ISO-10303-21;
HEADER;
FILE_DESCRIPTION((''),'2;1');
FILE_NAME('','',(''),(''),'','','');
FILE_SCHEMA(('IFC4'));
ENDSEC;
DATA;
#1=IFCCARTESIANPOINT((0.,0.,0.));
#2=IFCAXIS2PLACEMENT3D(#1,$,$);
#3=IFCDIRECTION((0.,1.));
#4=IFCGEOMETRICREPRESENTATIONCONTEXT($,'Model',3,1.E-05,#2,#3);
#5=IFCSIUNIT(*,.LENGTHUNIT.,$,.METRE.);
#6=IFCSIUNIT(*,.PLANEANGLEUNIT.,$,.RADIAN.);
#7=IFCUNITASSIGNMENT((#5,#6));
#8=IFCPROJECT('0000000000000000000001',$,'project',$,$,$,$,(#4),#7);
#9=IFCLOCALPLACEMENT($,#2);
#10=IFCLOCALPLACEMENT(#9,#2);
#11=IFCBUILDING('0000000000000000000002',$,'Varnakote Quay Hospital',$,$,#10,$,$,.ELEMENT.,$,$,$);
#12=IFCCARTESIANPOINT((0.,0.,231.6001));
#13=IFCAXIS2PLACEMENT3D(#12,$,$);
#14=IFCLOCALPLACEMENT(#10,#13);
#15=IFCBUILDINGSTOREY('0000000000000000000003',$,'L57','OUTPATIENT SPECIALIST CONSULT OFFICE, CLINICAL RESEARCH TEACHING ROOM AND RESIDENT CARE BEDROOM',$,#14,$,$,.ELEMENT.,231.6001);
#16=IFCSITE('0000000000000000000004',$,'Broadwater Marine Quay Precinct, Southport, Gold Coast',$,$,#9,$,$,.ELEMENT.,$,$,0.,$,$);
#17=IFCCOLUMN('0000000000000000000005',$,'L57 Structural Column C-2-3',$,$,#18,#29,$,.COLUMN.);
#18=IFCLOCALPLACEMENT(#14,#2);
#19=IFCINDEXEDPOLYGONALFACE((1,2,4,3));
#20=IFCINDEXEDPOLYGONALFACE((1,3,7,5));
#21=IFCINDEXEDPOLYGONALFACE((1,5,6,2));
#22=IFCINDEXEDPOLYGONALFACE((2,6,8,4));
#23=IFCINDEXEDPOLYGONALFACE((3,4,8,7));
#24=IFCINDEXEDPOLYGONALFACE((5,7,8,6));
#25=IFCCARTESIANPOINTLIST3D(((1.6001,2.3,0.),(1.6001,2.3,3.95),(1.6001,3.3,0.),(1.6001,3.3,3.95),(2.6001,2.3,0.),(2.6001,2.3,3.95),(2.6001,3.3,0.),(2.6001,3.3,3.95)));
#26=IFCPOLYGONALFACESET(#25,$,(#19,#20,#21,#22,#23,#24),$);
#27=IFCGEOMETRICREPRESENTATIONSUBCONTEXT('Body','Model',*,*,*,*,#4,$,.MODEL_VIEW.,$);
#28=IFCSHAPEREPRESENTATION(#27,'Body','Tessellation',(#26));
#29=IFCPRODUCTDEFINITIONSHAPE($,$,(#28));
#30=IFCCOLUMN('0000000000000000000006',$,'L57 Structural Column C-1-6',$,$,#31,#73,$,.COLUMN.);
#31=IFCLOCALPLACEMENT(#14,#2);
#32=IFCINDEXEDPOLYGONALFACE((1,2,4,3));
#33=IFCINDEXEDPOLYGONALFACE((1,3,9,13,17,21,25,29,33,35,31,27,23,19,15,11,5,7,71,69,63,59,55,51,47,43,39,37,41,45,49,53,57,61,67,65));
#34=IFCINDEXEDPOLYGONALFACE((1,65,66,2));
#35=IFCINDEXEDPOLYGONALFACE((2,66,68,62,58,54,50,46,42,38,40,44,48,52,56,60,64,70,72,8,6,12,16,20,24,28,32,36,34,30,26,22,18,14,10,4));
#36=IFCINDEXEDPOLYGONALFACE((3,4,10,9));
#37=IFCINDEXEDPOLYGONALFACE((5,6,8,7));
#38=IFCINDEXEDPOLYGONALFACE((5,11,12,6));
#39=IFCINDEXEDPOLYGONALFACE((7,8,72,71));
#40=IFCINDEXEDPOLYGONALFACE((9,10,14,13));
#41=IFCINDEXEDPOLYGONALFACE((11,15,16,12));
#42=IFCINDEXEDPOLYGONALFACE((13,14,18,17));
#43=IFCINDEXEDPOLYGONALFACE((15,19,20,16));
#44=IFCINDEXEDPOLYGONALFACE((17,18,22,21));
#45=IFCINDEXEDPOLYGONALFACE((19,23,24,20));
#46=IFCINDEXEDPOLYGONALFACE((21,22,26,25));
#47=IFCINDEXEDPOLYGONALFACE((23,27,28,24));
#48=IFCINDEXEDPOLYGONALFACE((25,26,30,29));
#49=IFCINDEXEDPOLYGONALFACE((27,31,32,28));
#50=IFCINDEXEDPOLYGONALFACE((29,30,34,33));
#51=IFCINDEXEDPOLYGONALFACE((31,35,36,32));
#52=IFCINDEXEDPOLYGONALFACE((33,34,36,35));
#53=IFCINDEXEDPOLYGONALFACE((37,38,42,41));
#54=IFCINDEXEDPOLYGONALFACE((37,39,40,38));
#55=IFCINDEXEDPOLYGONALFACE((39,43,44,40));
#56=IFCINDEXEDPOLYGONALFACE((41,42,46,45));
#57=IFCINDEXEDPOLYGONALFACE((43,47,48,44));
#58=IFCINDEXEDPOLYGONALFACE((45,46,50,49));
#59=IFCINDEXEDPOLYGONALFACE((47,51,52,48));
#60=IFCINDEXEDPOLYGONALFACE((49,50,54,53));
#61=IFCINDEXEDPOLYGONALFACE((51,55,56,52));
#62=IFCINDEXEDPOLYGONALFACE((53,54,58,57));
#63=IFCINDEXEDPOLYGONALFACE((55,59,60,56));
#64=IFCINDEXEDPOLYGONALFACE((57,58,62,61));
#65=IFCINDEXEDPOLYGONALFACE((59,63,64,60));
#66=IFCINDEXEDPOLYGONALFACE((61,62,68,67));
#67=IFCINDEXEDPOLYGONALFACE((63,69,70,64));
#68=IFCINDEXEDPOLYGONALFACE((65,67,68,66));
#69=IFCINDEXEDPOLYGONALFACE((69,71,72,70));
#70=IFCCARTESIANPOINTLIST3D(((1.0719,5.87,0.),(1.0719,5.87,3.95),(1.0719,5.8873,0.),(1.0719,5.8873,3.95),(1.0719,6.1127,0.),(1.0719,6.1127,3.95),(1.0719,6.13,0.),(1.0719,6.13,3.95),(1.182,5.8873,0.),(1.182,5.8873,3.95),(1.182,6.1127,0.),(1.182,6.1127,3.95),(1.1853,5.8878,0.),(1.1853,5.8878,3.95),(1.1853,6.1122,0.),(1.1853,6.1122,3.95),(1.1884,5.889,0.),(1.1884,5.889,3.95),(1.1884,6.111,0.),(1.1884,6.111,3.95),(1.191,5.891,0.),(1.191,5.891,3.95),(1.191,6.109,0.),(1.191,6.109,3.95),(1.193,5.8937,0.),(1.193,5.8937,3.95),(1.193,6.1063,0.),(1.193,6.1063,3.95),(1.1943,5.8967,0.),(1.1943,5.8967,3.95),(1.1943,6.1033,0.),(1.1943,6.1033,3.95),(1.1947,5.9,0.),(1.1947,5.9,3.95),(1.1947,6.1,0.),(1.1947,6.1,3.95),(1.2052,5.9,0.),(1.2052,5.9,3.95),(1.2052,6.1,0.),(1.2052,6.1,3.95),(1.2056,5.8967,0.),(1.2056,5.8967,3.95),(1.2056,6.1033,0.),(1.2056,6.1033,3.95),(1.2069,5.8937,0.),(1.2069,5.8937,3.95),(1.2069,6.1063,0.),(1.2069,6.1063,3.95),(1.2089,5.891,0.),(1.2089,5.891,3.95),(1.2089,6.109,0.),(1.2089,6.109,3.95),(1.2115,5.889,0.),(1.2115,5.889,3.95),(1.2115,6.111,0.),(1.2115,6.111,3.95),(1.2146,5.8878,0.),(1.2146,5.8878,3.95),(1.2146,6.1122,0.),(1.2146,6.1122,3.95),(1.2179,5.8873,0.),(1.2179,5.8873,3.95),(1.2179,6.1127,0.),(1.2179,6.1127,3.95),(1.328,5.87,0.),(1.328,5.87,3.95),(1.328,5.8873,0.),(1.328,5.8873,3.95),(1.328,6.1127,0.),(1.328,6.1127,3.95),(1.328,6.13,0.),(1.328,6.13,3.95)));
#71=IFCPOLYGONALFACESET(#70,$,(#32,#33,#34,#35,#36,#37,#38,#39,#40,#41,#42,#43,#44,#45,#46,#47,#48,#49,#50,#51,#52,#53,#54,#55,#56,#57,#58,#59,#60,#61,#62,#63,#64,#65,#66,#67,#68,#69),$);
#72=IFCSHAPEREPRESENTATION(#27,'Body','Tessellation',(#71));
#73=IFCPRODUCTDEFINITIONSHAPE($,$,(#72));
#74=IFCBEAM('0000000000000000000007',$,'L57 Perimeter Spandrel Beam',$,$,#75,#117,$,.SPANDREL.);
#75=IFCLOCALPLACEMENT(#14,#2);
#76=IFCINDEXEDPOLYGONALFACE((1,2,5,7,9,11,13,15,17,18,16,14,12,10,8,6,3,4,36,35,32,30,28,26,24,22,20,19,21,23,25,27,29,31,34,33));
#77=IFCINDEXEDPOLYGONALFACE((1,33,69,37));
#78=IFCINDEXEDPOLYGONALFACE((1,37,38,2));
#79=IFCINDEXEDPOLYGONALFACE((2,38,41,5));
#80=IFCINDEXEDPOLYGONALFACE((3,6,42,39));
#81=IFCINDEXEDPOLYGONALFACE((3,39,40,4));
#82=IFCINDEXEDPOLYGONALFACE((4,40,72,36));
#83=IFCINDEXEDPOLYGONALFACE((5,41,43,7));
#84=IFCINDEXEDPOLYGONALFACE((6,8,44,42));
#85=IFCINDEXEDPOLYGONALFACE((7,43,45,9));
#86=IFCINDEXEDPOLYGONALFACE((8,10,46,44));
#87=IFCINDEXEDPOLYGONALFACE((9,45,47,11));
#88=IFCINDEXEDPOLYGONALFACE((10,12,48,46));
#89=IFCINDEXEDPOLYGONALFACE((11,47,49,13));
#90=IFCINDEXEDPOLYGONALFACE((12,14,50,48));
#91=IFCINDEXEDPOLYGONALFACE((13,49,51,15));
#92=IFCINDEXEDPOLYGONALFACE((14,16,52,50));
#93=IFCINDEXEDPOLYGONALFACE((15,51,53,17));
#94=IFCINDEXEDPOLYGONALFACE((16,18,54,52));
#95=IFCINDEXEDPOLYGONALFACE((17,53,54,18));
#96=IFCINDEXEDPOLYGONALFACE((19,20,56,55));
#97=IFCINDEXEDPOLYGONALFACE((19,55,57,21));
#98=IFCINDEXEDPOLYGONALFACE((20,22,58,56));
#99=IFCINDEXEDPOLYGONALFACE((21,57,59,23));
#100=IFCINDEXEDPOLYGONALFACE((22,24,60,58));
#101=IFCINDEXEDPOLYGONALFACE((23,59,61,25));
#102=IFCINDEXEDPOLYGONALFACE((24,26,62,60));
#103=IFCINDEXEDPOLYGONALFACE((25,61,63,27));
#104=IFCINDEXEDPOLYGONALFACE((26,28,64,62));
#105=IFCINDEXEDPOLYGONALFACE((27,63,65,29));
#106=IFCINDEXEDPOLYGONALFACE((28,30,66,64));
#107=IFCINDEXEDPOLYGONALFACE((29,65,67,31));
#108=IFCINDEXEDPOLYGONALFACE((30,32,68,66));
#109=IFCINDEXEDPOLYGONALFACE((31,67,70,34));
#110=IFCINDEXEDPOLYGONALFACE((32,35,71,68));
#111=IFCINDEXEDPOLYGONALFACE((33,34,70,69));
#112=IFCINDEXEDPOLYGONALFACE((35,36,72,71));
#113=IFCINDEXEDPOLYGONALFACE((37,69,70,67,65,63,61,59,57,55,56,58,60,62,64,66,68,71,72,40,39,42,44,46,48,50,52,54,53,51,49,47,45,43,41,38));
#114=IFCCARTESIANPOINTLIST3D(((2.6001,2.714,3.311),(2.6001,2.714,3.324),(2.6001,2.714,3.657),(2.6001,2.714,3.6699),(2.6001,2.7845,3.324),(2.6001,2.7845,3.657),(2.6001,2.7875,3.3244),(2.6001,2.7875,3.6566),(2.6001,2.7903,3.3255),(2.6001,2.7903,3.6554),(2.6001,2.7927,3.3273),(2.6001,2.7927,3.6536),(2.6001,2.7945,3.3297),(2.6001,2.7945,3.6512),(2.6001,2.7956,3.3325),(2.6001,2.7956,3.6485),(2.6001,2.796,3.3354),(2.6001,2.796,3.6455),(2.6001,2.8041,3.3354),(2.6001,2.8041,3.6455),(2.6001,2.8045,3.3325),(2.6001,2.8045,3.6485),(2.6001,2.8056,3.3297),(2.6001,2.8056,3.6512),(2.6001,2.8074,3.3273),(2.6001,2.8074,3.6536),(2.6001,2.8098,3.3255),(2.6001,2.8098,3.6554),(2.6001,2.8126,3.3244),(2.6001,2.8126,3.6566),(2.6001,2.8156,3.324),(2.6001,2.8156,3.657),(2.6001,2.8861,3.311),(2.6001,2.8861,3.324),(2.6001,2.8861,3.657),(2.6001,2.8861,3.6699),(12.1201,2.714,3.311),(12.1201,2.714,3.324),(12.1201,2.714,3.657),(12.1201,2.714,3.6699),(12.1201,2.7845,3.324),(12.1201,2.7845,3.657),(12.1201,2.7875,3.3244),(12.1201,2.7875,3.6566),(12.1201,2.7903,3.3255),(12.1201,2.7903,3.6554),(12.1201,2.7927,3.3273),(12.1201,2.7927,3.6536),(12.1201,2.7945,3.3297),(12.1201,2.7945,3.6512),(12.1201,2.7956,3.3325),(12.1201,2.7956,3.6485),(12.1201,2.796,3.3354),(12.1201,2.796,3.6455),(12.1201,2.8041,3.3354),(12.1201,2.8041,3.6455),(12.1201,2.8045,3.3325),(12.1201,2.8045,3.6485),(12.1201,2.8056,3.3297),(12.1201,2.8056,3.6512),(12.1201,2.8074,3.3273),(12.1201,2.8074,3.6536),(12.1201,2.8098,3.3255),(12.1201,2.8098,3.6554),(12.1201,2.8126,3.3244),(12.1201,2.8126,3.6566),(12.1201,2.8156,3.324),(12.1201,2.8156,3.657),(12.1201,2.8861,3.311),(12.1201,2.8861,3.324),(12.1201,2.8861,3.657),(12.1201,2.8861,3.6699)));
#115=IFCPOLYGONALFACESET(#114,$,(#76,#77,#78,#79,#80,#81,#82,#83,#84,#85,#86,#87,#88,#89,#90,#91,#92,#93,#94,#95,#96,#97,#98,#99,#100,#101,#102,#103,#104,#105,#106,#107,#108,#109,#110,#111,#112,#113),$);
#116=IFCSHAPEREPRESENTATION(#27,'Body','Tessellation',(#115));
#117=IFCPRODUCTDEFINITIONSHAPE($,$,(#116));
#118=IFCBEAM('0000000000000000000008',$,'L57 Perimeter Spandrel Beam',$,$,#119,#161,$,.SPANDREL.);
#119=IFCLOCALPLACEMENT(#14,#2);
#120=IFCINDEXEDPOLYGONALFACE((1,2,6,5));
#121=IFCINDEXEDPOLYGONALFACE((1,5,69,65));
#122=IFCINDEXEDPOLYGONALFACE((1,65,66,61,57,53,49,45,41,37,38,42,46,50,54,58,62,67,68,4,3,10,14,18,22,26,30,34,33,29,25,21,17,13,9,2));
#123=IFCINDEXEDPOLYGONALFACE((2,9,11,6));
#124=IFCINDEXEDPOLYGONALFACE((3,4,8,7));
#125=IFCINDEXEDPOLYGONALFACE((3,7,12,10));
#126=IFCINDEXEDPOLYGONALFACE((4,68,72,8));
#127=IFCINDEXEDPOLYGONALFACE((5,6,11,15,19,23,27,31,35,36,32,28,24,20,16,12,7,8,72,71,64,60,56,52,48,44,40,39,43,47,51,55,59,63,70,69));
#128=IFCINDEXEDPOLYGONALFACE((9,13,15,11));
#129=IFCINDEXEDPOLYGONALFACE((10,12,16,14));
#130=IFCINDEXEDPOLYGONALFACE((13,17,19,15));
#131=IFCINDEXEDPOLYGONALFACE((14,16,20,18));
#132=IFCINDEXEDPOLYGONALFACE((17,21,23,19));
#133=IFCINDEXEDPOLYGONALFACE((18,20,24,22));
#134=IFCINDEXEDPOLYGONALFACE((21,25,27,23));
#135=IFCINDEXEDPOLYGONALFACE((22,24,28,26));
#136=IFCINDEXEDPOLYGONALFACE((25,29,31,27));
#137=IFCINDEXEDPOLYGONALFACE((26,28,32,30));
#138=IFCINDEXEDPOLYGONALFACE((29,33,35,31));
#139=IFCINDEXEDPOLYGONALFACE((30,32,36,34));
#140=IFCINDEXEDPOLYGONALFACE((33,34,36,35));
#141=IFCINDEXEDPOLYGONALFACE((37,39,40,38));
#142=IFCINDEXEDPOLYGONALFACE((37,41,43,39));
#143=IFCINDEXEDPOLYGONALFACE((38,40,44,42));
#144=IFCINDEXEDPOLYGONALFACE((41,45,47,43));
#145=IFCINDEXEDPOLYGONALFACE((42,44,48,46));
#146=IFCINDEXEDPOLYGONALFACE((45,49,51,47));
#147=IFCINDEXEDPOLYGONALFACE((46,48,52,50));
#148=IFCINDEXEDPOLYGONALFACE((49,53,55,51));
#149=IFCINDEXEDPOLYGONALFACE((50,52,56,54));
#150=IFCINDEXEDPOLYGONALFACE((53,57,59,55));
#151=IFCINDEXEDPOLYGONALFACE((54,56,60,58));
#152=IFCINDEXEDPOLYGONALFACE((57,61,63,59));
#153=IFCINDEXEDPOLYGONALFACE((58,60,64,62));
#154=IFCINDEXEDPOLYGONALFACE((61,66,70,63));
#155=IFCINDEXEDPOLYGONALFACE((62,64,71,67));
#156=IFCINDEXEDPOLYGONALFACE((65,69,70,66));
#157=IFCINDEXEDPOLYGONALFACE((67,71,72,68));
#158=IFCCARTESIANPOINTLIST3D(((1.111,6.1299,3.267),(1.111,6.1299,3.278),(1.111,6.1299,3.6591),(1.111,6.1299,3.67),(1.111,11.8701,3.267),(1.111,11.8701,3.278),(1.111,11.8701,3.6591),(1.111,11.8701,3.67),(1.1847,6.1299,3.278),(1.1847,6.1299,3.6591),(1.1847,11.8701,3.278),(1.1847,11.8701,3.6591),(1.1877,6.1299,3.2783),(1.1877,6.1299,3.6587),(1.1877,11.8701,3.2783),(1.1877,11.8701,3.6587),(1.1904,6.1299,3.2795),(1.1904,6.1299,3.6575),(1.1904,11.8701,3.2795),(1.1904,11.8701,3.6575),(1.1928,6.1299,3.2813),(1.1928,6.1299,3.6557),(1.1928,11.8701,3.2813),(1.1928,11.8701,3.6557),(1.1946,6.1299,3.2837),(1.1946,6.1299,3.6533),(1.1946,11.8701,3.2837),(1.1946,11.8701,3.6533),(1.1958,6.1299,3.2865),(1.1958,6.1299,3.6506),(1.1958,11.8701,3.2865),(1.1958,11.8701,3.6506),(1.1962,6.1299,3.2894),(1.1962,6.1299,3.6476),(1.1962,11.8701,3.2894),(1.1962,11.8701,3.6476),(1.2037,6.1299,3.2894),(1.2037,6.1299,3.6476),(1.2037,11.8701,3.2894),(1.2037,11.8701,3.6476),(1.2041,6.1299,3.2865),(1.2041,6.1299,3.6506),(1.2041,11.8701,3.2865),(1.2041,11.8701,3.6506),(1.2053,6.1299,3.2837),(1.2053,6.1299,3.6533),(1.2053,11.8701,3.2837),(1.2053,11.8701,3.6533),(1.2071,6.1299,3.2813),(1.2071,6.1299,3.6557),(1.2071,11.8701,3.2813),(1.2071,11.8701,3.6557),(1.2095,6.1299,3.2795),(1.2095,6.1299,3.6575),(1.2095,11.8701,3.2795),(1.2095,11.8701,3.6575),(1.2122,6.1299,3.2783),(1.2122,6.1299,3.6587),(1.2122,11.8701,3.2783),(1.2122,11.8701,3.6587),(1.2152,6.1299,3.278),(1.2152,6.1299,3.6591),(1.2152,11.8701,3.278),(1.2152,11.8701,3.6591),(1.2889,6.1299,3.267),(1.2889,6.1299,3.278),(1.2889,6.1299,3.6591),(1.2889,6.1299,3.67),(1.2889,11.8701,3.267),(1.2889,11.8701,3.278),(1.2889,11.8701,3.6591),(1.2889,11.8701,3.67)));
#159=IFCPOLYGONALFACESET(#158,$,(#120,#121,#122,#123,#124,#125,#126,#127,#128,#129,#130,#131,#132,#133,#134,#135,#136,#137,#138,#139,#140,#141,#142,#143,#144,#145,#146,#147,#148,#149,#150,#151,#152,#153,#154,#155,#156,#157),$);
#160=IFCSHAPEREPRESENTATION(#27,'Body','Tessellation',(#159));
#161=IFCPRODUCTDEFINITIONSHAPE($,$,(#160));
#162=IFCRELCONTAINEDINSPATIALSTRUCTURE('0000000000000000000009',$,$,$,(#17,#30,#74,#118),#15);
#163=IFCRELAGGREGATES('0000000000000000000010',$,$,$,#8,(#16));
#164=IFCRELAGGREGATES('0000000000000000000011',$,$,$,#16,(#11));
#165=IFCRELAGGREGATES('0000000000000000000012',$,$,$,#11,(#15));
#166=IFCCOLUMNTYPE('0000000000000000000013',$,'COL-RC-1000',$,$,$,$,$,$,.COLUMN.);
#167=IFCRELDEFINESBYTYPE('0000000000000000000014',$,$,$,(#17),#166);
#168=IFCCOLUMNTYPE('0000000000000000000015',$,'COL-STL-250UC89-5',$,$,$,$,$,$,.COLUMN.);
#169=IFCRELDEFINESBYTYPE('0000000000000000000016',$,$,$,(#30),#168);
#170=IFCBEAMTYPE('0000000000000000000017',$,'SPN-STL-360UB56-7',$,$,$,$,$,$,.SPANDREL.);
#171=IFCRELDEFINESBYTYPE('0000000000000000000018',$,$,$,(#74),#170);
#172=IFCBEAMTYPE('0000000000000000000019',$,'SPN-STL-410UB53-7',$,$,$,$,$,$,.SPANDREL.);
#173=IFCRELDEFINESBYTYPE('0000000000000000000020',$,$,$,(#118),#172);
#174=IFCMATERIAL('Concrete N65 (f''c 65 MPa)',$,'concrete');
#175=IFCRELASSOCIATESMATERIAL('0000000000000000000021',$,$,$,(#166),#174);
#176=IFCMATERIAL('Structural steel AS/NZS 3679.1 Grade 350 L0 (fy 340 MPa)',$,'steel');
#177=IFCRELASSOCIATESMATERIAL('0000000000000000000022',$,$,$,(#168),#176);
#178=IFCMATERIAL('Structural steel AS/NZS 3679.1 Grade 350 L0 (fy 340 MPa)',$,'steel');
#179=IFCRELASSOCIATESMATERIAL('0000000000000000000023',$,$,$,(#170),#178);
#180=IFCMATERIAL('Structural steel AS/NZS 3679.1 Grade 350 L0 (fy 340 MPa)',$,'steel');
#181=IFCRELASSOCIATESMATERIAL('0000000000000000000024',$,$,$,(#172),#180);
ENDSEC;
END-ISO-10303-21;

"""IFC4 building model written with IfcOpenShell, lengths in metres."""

from ifc_helpers import new_model, si_unit, direction, frame, origin, origin_2d, place, context, subcontext, project, spatial, rectangle, i_section, extrude, material, material_profile, profile_set, type_object, element, save


model = new_model("IFC4")

# Units and contexts
model_context = context("Model", 3, precision=1e-05, world=origin(), true_north=direction((0.0, 1.0)))
body_context = subcontext(model_context, "Body", "Model", "MODEL_VIEW")
ifc_project = project(units=[si_unit("LENGTHUNIT", "METRE"), si_unit("PLANEANGLEUNIT", "RADIAN")], contexts=[model_context])

# Site, building, storey
site_placement = place(None, origin())
site = spatial("IfcSite", under=ifc_project, at=site_placement, Name="Broadwater Marine Quay Precinct, Southport, Gold Coast", CompositionType="ELEMENT", RefElevation=0.0)
building_placement = place(site_placement, origin())
building = spatial("IfcBuilding", under=site, at=building_placement, Name="Varnakote Quay Hospital", CompositionType="ELEMENT")
storey_placement = place(building_placement, frame((0.0, 0.0, 231.6001)))
storey = spatial("IfcBuildingStorey", under=building, at=storey_placement, Name="L57", Description="OUTPATIENT SPECIALIST CONSULT OFFICE, CLINICAL RESEARCH TEACHING ROOM AND RESIDENT CARE BEDROOM", CompositionType="ELEMENT", Elevation=231.6001)

# Columns
ifc_material_1 = material(Name="Concrete N65 (f'c 65 MPa)", Category="concrete")
ifc_material_profile_1 = material_profile(ifc_material_1, rectangle(XDim=1.0, YDim=1.0, at=origin_2d()), Name="RC-COL-1000x1000")
ifc_profile_set_1 = profile_set([ifc_material_profile_1], Name="Concrete N65 (f'c 65 MPa)")
column_type_1 = type_object("IfcColumnType", Name="COL-RC-1000", PredefinedType="COLUMN", material=ifc_profile_set_1)
column_1_placement = place(storey_placement, frame((2.1001, 2.8, 0.0), z_axis=(0.0, 0.0, 1.0), x_axis=(1.0, 0.0, 0.0)))
element("IfcColumn", 1, at=column_1_placement, inside=storey, type_object=column_type_1, Name="L57 Structural Column C-2-3", PredefinedType="COLUMN", context=body_context, shape_type="SweptSolid", body=[
    extrude(rectangle(XDim=1.0, YDim=1.0, at=origin_2d()), origin(), (0.0, 0.0, 1.0), 3.95),
])
ifc_material_2 = material(Name="Structural steel AS/NZS 3679.1 Grade 350 L0 (fy 340 MPa)", Category="steel")
ifc_material_profile_2 = material_profile(ifc_material_2, i_section(OverallWidth=0.2561, OverallDepth=0.26, WebThickness=0.0105, FlangeThickness=0.0173, FilletRadius=0.0127, at=origin_2d()), Name="250UC89.5")
ifc_profile_set_2 = profile_set([ifc_material_profile_2], Name="Structural steel AS/NZS 3679.1 Grade 350 L0 (fy 340 MPa)")
column_type_2 = type_object("IfcColumnType", Name="COL-STL-250UC89-5", PredefinedType="COLUMN", material=ifc_profile_set_2)
column_2_placement = place(storey_placement, frame((1.2, 6.0, 0.0), z_axis=(0.0, 0.0, 1.0), x_axis=(1.0, 0.0, 0.0)))
element("IfcColumn", 2, at=column_2_placement, inside=storey, type_object=column_type_2, Name="L57 Structural Column C-1-6", PredefinedType="COLUMN", context=body_context, shape_type="SweptSolid", body=[
    extrude(i_section(OverallWidth=0.2561, OverallDepth=0.26, WebThickness=0.0105, FlangeThickness=0.0173, FilletRadius=0.0127, at=origin_2d()), origin(), (0.0, 0.0, 1.0), 3.95),
])

# Beams
ifc_material_3 = material(Name="Structural steel AS/NZS 3679.1 Grade 350 L0 (fy 340 MPa)", Category="steel")
ifc_material_profile_3 = material_profile(ifc_material_3, i_section(OverallWidth=0.1721, OverallDepth=0.3589, WebThickness=0.0081, FlangeThickness=0.0129, FilletRadius=0.0115, at=origin_2d()), Name="360UB56.7")
ifc_profile_set_3 = profile_set([ifc_material_profile_3], Name="Structural steel AS/NZS 3679.1 Grade 350 L0 (fy 340 MPa)")
beam_type_1 = type_object("IfcBeamType", Name="SPN-STL-360UB56-7", PredefinedType="SPANDREL", material=ifc_profile_set_3)
beam_1_placement = place(storey_placement, frame((2.6001, 2.8, 3.4905), z_axis=(1.0, 0.0, 0.0), x_axis=(0.0, 1.0, 0.0)))
element("IfcBeam", 3, at=beam_1_placement, inside=storey, type_object=beam_type_1, Name="L57 Perimeter Spandrel Beam", PredefinedType="SPANDREL", context=body_context, shape_type="SweptSolid", body=[
    extrude(i_section(OverallWidth=0.1721, OverallDepth=0.3589, WebThickness=0.0081, FlangeThickness=0.0129, FilletRadius=0.0115, at=origin_2d()), origin(), (0.0, 0.0, 1.0), 9.52),
])
ifc_material_4 = material(Name="Structural steel AS/NZS 3679.1 Grade 350 L0 (fy 340 MPa)", Category="steel")
ifc_material_profile_4 = material_profile(ifc_material_4, i_section(OverallWidth=0.178, OverallDepth=0.4031, WebThickness=0.0076, FlangeThickness=0.011, FilletRadius=0.0115, at=origin_2d()), Name="410UB53.7")
ifc_profile_set_4 = profile_set([ifc_material_profile_4], Name="Structural steel AS/NZS 3679.1 Grade 350 L0 (fy 340 MPa)")
beam_type_2 = type_object("IfcBeamType", Name="SPN-STL-410UB53-7", PredefinedType="SPANDREL", material=ifc_profile_set_4)
beam_2_placement = place(storey_placement, frame((1.2, 6.1299, 3.4685), z_axis=(0.0, 1.0, 0.0), x_axis=(-1.0, 0.0, 0.0)))
element("IfcBeam", 4, at=beam_2_placement, inside=storey, type_object=beam_type_2, Name="L57 Perimeter Spandrel Beam", PredefinedType="SPANDREL", context=body_context, shape_type="SweptSolid", body=[
    extrude(i_section(OverallWidth=0.178, OverallDepth=0.4031, WebThickness=0.0076, FlangeThickness=0.011, FilletRadius=0.0115, at=origin_2d()), origin(), (0.0, 0.0, 1.0), 5.7402),
])

save(model, "model.ifc")
